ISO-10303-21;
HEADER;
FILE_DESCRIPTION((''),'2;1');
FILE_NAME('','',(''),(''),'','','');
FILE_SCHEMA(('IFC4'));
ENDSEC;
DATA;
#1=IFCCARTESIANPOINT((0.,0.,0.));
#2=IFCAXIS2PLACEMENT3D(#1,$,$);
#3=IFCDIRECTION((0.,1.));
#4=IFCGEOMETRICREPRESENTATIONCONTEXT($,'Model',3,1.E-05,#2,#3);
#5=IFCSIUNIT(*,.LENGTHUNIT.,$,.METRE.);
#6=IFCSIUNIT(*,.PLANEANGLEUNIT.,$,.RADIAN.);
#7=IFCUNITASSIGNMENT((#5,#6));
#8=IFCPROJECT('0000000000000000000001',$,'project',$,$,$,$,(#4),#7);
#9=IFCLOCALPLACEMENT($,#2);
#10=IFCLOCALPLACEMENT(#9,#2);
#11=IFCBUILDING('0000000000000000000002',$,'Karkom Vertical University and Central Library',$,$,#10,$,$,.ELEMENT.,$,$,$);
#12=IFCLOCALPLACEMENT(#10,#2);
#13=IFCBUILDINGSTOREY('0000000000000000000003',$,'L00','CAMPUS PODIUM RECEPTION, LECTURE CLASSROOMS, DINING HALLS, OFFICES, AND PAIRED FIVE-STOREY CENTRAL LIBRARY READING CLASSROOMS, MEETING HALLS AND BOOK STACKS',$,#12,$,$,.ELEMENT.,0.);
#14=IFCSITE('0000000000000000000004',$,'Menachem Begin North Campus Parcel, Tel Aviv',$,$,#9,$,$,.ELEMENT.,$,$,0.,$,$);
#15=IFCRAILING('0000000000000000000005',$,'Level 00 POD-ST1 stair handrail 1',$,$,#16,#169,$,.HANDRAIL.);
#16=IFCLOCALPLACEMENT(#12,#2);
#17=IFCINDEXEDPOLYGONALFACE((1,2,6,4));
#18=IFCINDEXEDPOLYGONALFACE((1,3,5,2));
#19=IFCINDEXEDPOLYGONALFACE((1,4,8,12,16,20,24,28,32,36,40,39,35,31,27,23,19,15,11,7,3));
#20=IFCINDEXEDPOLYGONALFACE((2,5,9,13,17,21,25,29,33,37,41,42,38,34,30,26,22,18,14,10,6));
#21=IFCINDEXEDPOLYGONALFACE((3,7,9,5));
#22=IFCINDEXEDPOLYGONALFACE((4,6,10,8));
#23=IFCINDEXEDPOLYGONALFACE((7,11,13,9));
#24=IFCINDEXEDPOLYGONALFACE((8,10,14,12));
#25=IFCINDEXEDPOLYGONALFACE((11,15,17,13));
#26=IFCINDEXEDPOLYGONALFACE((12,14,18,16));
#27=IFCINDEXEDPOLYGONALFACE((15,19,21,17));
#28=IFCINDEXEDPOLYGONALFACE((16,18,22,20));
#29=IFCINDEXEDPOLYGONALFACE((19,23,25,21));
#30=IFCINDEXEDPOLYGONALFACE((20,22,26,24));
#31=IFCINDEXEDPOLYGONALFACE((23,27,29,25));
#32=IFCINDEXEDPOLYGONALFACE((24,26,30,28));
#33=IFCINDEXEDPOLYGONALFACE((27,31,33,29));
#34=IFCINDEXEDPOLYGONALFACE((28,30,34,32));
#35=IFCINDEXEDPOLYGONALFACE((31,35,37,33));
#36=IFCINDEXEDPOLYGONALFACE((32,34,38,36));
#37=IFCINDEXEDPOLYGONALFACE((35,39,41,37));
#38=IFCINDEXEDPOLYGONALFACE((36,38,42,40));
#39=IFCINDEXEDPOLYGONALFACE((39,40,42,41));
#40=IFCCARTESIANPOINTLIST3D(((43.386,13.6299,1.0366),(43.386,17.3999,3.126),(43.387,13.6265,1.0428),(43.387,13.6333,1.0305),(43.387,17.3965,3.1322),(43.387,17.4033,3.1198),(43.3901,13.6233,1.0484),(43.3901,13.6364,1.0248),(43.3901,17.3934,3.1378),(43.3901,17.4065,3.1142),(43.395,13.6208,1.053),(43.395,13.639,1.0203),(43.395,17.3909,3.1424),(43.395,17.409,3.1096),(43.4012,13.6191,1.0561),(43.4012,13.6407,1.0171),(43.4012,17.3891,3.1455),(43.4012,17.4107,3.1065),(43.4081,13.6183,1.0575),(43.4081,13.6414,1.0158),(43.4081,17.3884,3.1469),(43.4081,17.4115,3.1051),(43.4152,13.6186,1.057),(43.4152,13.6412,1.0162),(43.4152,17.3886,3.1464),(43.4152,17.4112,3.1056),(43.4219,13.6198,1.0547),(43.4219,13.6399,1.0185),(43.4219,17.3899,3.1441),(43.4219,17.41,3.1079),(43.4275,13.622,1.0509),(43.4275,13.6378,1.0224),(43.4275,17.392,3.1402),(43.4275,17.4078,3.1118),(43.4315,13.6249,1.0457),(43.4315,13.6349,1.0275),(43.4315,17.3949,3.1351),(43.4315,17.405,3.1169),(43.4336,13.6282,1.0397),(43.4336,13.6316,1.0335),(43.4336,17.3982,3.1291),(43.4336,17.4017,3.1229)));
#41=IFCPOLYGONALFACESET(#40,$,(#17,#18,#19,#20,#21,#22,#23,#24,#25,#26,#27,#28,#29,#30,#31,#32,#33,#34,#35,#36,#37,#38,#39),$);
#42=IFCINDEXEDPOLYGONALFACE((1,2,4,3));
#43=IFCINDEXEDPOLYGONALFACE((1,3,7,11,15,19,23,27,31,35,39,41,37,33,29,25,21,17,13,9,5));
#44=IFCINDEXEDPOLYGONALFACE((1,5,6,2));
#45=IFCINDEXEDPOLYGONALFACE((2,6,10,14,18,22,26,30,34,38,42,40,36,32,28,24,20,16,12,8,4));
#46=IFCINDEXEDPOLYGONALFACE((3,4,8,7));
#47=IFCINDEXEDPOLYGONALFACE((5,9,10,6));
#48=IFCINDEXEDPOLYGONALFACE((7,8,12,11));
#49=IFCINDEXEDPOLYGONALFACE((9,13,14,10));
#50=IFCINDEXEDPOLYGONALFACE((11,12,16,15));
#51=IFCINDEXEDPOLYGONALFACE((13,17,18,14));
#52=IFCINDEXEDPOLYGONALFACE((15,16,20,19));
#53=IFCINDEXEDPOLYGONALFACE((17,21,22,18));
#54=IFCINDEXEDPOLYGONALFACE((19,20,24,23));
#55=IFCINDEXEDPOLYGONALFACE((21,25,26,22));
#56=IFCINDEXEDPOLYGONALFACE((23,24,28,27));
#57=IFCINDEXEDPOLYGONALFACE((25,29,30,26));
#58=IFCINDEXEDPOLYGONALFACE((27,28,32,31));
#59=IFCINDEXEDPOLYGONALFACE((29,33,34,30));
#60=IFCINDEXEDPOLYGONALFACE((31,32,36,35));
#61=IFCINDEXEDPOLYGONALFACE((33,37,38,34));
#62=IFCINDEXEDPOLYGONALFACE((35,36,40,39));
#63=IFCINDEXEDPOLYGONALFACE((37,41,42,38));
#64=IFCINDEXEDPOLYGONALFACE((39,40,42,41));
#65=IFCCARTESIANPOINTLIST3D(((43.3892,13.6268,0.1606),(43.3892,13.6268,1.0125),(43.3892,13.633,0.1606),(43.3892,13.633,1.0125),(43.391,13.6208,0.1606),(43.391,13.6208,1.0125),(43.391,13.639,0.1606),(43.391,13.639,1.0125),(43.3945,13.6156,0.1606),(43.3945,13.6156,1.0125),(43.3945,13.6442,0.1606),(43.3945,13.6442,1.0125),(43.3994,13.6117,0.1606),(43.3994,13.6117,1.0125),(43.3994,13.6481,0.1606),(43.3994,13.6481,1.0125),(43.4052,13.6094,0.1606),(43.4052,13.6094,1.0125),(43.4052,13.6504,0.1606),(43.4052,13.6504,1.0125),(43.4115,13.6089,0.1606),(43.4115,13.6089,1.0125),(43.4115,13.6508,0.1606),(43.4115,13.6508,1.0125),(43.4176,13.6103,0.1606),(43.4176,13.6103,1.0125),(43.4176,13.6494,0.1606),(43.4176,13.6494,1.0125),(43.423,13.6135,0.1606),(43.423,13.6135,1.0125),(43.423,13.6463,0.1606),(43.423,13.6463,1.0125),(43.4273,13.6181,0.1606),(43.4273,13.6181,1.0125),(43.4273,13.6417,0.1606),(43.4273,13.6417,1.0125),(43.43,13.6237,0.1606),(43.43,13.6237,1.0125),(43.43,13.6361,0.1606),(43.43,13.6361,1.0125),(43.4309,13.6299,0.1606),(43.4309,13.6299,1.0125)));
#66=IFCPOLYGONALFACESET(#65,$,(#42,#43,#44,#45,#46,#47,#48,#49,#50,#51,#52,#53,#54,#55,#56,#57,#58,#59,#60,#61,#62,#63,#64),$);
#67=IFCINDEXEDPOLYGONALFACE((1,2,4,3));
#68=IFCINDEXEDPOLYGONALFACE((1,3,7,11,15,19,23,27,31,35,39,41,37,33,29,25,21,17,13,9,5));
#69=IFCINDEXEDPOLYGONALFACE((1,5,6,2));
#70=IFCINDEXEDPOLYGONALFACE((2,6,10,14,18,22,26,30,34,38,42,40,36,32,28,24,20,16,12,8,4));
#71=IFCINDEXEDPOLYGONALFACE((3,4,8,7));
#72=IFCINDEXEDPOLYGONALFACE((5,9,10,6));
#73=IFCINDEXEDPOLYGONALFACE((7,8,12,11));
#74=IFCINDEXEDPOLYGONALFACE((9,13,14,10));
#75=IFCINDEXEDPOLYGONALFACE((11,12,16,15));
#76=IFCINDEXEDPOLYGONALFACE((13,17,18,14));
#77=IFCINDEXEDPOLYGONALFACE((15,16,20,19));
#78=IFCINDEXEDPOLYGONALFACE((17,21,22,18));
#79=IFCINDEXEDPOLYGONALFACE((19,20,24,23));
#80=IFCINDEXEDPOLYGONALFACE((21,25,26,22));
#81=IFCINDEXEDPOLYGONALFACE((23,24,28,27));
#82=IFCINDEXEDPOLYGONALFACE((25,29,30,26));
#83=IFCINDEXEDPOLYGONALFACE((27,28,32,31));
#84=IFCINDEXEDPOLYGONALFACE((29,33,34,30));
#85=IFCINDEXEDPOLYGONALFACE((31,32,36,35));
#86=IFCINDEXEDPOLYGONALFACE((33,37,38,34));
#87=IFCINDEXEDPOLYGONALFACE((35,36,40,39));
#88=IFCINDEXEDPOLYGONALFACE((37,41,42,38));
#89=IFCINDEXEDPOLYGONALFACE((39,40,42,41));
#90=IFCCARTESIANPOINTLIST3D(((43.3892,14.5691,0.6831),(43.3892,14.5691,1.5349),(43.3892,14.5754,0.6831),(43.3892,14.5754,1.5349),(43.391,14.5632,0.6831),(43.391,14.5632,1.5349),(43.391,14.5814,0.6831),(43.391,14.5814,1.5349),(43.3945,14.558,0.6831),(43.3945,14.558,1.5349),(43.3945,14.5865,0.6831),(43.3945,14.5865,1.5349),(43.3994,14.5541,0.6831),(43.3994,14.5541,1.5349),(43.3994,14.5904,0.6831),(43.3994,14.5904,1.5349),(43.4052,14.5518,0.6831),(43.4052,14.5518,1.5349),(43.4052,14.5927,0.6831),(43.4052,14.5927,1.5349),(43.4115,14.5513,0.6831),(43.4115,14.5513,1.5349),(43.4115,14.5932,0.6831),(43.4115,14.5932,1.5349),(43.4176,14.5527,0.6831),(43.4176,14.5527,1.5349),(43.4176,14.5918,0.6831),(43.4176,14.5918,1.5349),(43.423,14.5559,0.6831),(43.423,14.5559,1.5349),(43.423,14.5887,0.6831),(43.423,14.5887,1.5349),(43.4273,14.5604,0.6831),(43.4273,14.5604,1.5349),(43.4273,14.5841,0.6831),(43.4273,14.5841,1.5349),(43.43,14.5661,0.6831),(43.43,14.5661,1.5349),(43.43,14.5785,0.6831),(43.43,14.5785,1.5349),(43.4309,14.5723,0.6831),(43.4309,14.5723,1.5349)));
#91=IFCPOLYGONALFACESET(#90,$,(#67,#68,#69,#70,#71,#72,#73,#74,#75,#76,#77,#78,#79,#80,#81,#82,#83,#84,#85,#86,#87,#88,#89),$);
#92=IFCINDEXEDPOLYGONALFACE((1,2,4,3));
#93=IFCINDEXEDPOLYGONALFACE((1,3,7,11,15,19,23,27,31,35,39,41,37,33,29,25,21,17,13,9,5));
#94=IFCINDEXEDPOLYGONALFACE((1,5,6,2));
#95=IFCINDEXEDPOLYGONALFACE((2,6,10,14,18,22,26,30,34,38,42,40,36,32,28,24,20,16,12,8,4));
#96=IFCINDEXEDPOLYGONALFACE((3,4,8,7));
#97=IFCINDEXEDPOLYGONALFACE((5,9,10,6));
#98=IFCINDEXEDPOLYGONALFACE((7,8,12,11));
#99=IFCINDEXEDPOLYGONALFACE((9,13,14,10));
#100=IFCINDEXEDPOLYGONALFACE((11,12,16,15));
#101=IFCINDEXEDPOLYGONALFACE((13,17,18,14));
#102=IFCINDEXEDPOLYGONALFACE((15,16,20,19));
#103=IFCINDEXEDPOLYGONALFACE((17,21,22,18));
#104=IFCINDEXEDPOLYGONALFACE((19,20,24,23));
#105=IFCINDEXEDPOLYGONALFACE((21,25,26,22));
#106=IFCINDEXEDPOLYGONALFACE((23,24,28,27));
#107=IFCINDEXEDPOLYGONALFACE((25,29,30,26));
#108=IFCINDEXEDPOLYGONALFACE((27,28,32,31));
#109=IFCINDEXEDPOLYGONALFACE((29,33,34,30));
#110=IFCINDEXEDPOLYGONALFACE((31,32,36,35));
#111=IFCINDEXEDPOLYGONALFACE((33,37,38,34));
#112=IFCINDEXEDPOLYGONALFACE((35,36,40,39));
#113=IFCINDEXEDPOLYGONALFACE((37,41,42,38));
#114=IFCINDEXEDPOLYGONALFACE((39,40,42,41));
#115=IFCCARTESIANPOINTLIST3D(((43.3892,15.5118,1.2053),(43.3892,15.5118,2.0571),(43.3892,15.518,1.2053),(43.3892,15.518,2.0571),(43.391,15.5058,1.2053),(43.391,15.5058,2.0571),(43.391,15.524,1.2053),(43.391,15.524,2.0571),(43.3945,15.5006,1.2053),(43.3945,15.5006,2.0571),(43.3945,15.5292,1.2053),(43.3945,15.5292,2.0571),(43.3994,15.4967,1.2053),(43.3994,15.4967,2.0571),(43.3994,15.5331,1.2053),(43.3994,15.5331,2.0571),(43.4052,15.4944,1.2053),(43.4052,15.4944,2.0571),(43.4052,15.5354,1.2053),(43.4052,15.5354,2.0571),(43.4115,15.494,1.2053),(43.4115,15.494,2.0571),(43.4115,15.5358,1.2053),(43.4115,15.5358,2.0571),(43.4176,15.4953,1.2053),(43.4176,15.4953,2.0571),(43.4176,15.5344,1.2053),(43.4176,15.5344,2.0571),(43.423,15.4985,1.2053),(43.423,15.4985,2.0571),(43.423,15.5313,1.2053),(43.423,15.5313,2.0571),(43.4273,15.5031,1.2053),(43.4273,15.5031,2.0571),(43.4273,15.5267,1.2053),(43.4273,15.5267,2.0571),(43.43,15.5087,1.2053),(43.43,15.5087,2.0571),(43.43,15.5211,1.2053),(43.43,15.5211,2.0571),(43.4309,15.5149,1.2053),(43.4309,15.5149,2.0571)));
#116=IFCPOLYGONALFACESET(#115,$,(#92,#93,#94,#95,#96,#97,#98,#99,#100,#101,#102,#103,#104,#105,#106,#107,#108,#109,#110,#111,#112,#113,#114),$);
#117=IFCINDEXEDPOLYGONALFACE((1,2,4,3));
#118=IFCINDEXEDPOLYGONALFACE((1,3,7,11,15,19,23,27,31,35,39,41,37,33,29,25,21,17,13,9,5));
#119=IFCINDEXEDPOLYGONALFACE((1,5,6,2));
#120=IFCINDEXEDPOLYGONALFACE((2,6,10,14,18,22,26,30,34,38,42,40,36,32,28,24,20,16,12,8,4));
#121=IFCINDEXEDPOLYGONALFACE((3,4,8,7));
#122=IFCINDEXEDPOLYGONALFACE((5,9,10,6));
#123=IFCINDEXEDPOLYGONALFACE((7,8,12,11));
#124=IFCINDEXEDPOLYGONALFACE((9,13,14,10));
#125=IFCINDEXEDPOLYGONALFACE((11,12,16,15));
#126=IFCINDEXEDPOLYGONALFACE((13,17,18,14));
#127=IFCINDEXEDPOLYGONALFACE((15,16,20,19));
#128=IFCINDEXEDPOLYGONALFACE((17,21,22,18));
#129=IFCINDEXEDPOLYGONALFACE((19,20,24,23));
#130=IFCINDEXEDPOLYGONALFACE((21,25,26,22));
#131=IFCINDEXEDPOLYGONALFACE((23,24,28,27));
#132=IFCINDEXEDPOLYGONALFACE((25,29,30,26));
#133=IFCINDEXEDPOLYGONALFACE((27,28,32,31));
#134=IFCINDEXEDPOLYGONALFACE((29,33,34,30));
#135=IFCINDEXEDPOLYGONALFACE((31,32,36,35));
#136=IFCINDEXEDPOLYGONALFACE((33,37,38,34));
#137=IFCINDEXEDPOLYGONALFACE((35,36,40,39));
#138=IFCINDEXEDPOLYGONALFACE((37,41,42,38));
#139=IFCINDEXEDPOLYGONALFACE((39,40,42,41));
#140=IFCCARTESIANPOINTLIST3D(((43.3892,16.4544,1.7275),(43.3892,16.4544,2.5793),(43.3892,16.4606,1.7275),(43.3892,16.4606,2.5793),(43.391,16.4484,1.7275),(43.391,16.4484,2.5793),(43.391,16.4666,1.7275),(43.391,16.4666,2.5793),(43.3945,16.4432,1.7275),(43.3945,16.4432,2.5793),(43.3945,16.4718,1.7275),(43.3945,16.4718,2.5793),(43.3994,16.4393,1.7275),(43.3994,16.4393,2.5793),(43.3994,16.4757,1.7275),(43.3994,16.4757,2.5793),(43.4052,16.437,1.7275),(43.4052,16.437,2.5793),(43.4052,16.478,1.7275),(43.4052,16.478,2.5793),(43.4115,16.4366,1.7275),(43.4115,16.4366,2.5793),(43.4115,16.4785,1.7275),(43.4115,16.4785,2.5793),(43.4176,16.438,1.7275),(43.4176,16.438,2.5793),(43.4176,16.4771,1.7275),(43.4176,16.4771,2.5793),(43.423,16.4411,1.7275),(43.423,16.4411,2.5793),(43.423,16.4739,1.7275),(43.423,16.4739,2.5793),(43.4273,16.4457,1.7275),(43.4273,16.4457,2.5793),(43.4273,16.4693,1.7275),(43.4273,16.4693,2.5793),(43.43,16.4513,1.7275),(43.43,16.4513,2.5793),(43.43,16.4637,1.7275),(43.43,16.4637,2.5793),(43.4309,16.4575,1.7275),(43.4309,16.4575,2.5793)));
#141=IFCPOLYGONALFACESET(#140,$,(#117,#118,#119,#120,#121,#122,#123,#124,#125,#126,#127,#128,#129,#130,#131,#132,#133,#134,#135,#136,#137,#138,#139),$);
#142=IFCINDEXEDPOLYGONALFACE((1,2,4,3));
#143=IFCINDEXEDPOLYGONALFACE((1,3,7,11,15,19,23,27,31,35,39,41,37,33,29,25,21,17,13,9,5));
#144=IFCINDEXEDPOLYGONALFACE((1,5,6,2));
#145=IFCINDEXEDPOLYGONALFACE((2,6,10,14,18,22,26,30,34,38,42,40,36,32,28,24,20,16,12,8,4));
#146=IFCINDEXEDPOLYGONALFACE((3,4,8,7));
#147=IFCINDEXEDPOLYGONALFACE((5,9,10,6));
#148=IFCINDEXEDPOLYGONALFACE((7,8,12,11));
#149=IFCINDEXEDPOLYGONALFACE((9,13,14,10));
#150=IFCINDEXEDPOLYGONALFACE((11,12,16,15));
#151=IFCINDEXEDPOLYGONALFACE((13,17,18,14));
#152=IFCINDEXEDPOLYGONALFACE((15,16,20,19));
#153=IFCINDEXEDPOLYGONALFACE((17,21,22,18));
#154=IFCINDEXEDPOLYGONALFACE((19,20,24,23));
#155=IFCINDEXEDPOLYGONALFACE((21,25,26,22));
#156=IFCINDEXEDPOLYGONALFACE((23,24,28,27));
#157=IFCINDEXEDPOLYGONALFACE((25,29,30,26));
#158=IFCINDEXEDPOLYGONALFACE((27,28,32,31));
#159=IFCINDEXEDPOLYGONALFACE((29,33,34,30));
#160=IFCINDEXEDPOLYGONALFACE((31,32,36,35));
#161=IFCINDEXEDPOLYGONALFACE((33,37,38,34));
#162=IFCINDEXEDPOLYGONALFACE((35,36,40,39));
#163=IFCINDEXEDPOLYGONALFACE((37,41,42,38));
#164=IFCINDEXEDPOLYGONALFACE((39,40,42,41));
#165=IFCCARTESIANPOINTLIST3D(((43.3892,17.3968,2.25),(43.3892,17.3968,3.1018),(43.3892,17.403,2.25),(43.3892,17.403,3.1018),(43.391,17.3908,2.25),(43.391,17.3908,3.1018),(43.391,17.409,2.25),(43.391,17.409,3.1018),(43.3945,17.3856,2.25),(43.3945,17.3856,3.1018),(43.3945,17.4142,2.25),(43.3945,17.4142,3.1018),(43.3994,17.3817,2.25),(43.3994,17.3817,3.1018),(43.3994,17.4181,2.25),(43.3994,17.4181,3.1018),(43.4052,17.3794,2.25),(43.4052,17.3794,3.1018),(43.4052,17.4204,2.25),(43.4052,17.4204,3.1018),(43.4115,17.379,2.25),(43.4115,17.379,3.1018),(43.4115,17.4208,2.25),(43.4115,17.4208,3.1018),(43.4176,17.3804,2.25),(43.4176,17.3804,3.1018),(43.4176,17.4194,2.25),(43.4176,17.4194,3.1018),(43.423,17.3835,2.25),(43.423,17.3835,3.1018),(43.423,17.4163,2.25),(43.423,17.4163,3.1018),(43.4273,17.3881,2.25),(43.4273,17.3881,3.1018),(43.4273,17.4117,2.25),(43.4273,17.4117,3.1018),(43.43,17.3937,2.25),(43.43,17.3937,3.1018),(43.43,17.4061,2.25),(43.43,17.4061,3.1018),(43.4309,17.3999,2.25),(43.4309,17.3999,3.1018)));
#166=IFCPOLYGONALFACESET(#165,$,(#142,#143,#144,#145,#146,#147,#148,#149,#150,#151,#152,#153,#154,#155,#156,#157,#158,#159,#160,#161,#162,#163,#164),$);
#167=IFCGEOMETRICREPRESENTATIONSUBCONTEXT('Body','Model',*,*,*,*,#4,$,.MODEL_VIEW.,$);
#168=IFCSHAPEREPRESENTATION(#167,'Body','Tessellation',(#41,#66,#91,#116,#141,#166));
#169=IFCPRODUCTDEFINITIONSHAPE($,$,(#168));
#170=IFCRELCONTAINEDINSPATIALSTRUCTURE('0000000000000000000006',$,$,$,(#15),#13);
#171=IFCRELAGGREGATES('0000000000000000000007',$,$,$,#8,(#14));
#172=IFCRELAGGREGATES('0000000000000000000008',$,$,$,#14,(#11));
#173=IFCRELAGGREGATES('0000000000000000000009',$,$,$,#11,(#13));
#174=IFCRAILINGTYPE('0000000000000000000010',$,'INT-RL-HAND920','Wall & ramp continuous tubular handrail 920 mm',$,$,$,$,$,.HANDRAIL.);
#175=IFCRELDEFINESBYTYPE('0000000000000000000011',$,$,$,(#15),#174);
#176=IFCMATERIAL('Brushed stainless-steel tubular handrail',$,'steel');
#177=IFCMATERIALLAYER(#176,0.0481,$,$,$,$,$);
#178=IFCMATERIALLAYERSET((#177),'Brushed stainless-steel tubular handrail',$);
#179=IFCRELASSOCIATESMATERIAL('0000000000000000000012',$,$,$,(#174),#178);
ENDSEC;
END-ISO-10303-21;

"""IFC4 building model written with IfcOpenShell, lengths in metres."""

from ifc_helpers import new_model, si_unit, direction, frame, origin, origin_2d, place, context, subcontext, project, spatial, circle, extrude, material, layer, layer_set, type_object, element, save


model = new_model("IFC4")

# Units and contexts
model_context = context("Model", 3, precision=1e-05, world=origin(), true_north=direction((0.0, 1.0)))
body_context = subcontext(model_context, "Body", "Model", "MODEL_VIEW")
ifc_project = project(units=[si_unit("LENGTHUNIT", "METRE"), si_unit("PLANEANGLEUNIT", "RADIAN")], contexts=[model_context])

# Site, building, storey
site_placement = place(None, origin())
site = spatial("IfcSite", under=ifc_project, at=site_placement, Name="Menachem Begin North Campus Parcel, Tel Aviv", CompositionType="ELEMENT", RefElevation=0.0)
building_placement = place(site_placement, origin())
building = spatial("IfcBuilding", under=site, at=building_placement, Name="Karkom Vertical University and Central Library", CompositionType="ELEMENT")
storey_placement = place(building_placement, origin())
storey = spatial("IfcBuildingStorey", under=building, at=storey_placement, Name="L00", Description="CAMPUS PODIUM RECEPTION, LECTURE CLASSROOMS, DINING HALLS, OFFICES, AND PAIRED FIVE-STOREY CENTRAL LIBRARY READING CLASSROOMS, MEETING HALLS AND BOOK STACKS", CompositionType="ELEMENT", Elevation=0.0)

# Railing
ifc_material_1 = material(Name="Brushed stainless-steel tubular handrail", Category="steel")
ifc_layer_1 = layer(ifc_material_1, 0.0481)
ifc_layer_set_1 = layer_set([ifc_layer_1], Name="Brushed stainless-steel tubular handrail")
railing_type_1 = type_object("IfcRailingType", Name="INT-RL-HAND920", Description="Wall & ramp continuous tubular handrail 920 mm", PredefinedType="HANDRAIL", material=ifc_layer_set_1)
railing_1_placement = place(storey_placement, frame((43.4099, 13.6299, 0.1606)))
element("IfcRailing", 1, at=railing_1_placement, inside=storey, type_object=railing_type_1, Name="Level 00 POD-ST1 stair handrail 1", PredefinedType="HANDRAIL", context=body_context, shape_type="SweptSolid", body=[
    extrude(circle(Radius=0.0239, at=origin_2d()), frame((0.0, 0.0, 0.876), z_axis=(0.0, 0.874659, 0.484739), x_axis=(-1.0, 0.0, 0.0)), (0.0, 0.0, 1.0), 4.3103),
    extrude(circle(Radius=0.021, at=origin_2d()), origin(), (0.0, 0.0, 1.0), 0.8518),
    extrude(circle(Radius=0.021, at=origin_2d()), frame((0.0, 0.9424, 0.5225)), (0.0, 0.0, 1.0), 0.8518),
    extrude(circle(Radius=0.021, at=origin_2d()), frame((0.0, 1.885, 1.0447)), (0.0, 0.0, 1.0), 0.8518),
    extrude(circle(Radius=0.021, at=origin_2d()), frame((0.0, 2.8276, 1.5669)), (0.0, 0.0, 1.0), 0.8518),
    extrude(circle(Radius=0.021, at=origin_2d()), frame((0.0, 3.77, 2.0894)), (0.0, 0.0, 1.0), 0.8518),
])

save(model, "model.ifc")
